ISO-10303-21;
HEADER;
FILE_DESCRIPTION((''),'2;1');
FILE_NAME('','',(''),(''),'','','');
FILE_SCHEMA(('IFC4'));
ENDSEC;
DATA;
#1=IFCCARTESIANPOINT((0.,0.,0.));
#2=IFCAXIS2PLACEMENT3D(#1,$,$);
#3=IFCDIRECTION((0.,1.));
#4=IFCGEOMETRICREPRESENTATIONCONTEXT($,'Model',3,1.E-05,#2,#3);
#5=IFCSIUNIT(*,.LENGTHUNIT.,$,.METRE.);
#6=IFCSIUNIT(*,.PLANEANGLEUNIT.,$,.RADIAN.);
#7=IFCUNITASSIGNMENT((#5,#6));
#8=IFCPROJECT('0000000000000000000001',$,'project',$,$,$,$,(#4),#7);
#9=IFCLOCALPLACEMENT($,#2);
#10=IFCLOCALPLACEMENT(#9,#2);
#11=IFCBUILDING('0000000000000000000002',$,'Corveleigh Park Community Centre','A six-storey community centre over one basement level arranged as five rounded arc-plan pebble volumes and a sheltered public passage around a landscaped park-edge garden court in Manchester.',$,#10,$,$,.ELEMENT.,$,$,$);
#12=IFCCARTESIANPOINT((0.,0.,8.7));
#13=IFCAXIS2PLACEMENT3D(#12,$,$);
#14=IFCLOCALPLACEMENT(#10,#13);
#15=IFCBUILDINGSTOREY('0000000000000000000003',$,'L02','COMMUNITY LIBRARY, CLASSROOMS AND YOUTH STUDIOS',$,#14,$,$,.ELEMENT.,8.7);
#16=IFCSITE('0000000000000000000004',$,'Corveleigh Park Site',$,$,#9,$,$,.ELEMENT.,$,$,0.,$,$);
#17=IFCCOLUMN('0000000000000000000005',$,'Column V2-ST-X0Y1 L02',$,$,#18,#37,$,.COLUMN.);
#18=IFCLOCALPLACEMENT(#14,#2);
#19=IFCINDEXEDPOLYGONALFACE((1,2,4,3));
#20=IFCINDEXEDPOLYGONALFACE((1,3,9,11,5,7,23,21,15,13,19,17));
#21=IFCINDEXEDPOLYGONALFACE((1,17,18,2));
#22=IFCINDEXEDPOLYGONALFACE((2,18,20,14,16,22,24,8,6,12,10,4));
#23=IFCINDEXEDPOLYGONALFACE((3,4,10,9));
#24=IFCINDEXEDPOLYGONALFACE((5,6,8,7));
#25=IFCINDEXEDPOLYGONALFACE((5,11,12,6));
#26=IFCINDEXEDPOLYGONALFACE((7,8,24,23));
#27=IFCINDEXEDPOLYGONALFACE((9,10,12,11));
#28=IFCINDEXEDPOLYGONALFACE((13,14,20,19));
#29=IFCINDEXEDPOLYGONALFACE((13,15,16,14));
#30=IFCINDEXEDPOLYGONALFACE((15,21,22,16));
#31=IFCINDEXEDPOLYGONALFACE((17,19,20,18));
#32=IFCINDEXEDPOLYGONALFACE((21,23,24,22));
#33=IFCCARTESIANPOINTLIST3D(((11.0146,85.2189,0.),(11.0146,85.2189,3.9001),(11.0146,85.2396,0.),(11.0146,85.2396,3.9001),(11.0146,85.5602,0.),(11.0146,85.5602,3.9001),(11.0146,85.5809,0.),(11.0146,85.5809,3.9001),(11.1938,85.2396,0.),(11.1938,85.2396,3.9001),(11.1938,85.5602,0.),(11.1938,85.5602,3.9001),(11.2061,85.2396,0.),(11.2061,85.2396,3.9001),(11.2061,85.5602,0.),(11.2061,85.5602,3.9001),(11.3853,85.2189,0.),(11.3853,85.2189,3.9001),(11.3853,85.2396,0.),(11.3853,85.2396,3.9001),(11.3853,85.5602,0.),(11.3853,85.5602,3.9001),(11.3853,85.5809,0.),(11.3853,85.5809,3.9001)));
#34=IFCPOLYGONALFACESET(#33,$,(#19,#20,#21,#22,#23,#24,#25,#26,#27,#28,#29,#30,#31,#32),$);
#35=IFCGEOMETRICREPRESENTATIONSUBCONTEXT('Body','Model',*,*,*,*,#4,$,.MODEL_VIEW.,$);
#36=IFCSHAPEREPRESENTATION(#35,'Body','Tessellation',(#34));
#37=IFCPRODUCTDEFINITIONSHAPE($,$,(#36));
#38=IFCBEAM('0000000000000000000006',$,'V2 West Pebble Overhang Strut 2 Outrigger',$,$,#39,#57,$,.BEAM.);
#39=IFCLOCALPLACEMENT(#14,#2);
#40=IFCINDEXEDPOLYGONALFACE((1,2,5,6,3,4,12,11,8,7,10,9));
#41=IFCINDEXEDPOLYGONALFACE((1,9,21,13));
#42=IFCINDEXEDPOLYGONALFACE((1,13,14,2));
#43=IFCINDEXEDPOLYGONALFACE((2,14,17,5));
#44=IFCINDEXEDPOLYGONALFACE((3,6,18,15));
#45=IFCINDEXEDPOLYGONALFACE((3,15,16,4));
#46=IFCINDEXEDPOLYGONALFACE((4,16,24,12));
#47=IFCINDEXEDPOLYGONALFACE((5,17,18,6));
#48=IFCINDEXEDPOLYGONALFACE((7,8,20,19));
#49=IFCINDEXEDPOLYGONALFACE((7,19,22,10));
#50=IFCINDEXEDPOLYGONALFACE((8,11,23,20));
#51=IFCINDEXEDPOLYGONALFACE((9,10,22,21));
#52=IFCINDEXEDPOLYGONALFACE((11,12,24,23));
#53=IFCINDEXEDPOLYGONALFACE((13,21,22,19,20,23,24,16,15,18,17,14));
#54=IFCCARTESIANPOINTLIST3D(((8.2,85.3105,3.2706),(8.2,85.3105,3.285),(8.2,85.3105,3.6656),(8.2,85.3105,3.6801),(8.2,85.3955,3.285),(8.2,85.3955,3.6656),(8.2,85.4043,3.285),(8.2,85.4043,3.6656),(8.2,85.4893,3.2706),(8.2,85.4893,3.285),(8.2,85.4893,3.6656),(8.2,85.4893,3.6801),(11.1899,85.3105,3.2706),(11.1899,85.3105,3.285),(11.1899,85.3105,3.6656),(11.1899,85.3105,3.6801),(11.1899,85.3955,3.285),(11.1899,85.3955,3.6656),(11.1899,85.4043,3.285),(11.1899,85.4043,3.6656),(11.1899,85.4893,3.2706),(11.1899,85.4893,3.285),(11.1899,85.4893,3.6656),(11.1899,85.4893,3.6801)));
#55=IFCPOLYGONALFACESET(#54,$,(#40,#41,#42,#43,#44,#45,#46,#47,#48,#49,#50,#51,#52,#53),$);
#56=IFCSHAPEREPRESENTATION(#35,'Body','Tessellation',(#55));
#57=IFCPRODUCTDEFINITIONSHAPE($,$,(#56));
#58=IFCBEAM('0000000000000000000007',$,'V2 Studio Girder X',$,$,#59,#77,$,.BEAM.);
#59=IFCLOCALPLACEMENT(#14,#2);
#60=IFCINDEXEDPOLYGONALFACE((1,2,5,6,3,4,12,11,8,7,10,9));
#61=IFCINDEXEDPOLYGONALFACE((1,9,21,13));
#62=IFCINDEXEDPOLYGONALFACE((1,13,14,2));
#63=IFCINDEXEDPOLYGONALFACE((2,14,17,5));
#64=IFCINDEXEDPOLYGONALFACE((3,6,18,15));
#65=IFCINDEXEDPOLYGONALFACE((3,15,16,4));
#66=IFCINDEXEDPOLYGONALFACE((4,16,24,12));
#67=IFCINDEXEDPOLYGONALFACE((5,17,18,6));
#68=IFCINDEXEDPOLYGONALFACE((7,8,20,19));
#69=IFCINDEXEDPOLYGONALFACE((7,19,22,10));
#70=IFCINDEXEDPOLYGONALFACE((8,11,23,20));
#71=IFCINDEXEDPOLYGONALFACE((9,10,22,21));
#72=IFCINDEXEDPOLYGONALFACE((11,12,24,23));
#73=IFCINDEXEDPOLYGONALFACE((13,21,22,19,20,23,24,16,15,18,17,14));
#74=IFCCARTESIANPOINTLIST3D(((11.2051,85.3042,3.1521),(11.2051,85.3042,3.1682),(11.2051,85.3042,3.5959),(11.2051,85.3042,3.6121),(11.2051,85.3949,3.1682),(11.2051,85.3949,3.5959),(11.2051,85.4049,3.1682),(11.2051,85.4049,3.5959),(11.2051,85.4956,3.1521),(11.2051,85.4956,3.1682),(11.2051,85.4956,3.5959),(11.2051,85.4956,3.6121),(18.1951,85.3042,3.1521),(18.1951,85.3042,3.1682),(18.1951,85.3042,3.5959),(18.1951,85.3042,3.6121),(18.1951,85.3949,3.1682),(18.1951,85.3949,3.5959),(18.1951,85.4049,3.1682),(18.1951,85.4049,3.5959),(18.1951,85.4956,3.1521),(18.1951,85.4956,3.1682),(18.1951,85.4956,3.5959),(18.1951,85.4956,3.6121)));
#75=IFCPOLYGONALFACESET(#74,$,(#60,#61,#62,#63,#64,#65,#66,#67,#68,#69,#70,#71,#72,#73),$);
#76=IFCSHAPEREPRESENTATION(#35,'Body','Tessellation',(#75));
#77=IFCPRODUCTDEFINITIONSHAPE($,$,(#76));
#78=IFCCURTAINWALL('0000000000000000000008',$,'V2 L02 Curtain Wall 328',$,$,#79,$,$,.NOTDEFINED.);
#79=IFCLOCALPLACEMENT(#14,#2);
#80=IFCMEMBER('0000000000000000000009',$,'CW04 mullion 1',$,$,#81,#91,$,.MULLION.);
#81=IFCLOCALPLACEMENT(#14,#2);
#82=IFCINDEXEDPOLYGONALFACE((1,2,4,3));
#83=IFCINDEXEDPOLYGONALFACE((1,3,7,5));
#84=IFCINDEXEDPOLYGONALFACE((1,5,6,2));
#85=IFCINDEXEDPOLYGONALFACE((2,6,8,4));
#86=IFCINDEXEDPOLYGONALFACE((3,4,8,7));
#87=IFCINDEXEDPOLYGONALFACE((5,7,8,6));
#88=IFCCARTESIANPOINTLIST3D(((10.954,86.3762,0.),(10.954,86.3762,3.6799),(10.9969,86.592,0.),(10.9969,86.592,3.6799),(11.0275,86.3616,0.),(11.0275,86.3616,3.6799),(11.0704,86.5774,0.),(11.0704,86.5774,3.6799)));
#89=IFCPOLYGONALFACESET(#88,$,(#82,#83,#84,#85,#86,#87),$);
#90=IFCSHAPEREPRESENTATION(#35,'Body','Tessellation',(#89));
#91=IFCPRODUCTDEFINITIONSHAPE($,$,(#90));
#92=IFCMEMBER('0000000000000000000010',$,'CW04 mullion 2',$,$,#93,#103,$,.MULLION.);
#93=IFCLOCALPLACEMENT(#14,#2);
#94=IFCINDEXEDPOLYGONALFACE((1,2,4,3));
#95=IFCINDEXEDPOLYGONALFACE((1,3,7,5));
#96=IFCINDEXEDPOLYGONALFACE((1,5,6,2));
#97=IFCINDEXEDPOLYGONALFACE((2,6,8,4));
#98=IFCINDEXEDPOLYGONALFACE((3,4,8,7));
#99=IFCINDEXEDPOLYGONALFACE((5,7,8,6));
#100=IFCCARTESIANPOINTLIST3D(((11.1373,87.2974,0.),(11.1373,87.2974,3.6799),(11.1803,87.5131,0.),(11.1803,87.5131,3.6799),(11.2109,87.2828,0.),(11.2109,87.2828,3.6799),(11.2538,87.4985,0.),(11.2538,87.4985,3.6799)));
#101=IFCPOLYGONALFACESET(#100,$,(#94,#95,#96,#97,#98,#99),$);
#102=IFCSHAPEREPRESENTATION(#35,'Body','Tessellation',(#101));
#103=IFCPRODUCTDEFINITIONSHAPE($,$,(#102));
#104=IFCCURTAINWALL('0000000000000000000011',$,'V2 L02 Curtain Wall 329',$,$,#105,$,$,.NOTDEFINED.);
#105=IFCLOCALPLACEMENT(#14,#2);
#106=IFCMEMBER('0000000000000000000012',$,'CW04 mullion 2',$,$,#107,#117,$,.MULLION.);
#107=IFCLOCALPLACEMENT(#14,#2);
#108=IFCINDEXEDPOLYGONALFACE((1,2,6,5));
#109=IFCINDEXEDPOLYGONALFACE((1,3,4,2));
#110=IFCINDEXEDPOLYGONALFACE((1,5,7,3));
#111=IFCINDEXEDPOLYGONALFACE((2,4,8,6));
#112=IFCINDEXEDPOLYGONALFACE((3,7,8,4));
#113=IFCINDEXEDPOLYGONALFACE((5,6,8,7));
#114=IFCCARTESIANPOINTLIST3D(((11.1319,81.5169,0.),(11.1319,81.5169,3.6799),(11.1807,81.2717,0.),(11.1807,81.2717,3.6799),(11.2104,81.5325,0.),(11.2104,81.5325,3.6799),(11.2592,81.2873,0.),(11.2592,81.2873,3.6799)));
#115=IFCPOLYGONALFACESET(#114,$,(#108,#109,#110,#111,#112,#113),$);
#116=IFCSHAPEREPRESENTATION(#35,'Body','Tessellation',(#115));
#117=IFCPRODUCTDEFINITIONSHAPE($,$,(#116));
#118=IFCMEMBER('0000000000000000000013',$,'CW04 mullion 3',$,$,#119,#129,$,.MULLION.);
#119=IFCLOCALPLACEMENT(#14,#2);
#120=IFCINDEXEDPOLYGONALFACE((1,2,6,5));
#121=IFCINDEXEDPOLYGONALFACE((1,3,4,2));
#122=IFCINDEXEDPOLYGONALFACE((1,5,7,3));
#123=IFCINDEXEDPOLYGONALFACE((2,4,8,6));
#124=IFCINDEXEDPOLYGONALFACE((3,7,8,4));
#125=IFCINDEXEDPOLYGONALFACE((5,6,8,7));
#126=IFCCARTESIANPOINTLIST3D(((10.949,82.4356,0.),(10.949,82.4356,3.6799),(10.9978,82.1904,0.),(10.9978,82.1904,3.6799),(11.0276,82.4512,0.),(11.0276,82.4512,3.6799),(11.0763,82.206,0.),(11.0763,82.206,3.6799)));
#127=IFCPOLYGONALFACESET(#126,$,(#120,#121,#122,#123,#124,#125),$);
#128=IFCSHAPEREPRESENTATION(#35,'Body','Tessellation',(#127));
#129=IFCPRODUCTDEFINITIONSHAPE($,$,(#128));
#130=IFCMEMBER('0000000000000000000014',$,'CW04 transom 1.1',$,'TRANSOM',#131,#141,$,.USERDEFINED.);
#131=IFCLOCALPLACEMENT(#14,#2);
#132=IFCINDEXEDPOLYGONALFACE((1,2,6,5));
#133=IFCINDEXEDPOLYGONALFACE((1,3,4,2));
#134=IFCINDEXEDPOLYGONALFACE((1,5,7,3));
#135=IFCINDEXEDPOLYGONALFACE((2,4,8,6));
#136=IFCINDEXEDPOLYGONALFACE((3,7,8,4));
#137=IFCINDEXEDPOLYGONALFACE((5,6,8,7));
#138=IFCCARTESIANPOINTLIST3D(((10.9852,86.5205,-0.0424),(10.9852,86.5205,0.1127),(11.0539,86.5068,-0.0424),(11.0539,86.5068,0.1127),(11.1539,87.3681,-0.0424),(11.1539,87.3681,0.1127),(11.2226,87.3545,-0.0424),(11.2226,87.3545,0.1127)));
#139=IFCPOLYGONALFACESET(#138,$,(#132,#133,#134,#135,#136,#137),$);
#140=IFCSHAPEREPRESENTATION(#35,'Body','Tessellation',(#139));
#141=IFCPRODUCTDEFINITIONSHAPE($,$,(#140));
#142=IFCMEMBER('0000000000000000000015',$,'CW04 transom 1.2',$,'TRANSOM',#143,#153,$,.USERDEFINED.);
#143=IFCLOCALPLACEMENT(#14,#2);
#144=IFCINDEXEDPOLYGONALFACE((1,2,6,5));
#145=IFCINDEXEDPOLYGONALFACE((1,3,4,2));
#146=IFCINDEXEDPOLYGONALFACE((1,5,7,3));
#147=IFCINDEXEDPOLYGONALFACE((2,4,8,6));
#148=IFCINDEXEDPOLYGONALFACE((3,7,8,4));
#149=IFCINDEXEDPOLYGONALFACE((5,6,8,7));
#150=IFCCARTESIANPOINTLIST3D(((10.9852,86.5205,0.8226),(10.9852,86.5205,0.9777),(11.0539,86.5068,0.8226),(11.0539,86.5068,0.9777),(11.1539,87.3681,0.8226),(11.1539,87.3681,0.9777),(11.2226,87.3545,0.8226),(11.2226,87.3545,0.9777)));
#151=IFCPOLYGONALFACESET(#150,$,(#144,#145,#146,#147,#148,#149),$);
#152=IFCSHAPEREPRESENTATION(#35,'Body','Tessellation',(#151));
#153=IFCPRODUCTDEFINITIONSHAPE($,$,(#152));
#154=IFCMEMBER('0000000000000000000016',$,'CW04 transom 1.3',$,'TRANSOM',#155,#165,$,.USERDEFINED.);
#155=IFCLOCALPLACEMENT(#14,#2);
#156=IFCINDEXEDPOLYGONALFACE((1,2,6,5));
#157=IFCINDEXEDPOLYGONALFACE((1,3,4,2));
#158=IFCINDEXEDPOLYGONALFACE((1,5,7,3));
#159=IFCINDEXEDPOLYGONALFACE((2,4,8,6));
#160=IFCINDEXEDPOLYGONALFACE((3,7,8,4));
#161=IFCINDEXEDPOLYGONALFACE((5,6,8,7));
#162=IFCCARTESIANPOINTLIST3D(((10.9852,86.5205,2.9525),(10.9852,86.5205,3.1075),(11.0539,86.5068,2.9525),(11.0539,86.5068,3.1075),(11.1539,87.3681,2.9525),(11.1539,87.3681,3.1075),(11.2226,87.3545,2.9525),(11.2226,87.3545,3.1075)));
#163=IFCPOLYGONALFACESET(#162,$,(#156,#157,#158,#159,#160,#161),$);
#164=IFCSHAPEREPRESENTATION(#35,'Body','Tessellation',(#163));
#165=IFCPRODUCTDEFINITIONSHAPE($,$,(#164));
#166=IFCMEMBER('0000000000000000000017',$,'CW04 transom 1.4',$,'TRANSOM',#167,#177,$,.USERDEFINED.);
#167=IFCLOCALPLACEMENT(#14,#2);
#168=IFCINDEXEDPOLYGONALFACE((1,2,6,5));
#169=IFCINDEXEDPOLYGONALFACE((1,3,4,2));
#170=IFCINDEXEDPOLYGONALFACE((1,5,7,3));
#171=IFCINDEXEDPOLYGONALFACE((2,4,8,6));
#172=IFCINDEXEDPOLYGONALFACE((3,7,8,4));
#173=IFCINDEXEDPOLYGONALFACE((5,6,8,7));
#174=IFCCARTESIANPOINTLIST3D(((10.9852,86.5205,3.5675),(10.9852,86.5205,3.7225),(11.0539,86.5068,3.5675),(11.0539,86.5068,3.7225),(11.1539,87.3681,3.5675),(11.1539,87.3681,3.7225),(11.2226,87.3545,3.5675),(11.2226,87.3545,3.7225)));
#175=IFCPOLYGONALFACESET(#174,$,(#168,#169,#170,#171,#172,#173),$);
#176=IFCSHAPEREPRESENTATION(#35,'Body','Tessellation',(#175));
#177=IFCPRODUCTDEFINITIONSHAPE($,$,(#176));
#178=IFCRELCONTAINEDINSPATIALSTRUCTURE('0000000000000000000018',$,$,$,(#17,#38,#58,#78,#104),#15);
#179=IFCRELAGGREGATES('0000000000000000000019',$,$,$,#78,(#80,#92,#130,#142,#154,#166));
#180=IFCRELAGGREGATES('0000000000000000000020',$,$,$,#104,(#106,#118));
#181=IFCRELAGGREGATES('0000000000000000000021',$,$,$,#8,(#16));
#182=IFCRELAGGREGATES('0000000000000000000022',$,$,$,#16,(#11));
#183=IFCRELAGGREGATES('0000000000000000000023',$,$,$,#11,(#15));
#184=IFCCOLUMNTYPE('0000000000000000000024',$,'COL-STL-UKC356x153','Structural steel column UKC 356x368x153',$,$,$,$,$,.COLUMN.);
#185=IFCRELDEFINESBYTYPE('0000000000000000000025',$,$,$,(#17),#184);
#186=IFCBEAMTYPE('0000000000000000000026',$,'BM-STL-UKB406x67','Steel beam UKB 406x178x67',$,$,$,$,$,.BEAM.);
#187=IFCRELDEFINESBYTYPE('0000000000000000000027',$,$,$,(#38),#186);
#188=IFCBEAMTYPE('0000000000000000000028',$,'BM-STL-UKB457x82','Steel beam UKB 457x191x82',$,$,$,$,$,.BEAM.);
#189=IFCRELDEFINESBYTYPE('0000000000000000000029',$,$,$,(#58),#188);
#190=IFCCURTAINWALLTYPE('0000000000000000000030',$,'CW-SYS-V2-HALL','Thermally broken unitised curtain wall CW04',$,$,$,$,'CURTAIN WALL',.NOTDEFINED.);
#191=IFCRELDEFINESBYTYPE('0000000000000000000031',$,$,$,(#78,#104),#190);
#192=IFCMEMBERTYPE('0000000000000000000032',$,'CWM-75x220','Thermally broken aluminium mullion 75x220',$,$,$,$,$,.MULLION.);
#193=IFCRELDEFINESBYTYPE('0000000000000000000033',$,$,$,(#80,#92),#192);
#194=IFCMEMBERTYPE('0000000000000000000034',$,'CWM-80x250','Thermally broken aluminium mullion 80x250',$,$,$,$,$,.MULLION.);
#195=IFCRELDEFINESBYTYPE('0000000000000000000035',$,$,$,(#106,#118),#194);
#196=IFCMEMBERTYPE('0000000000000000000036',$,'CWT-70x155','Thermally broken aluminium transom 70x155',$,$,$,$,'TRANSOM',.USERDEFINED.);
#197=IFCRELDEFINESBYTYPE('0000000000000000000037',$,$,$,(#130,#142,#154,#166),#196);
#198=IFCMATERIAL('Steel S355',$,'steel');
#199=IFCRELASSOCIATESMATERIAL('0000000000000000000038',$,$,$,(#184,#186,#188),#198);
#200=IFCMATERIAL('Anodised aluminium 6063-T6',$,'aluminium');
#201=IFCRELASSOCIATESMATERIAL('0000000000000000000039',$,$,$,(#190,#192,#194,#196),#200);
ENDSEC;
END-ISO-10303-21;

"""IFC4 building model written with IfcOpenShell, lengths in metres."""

from ifc_helpers import new_model, si_unit, direction, frame, origin, origin_2d, place, context, subcontext, project, spatial, rectangle, i_section, extrude, material, material_profile, profile_set, type_object, element, aggregate, save


model = new_model("IFC4")

# Units and contexts
model_context = context("Model", 3, precision=1e-05, world=origin(), true_north=direction((0.0, 1.0)))
body_context = subcontext(model_context, "Body", "Model", "MODEL_VIEW")
ifc_project = project(units=[si_unit("LENGTHUNIT", "METRE"), si_unit("PLANEANGLEUNIT", "RADIAN")], contexts=[model_context])

# Site, building, storey
site_placement = place(None, origin())
site = spatial("IfcSite", under=ifc_project, at=site_placement, Name="Corveleigh Park Site", CompositionType="ELEMENT", RefElevation=0.0)
building_placement = place(site_placement, origin())
building = spatial("IfcBuilding", under=site, at=building_placement, Name="Corveleigh Park Community Centre", Description="A six-storey community centre over one basement level arranged as five rounded arc-plan pebble volumes and a sheltered public passage around a landscaped park-edge garden court in Manchester.", CompositionType="ELEMENT")
storey_placement = place(building_placement, frame((0.0, 0.0, 8.7)))
storey = spatial("IfcBuildingStorey", under=building, at=storey_placement, Name="L02", Description="COMMUNITY LIBRARY, CLASSROOMS AND YOUTH STUDIOS", CompositionType="ELEMENT", Elevation=8.7)

# Column
ifc_material_1 = material(Name="Steel S355", Category="steel")
ifc_material_profile_1 = material_profile(ifc_material_1, i_section(OverallWidth=0.3706, OverallDepth=0.3621, WebThickness=0.0122, FlangeThickness=0.0208, at=origin_2d()), Name="UKC 356x368x153", Category="steel")
ifc_profile_set_1 = profile_set([ifc_material_profile_1], Name="Steel S355")
column_type = type_object("IfcColumnType", Name="COL-STL-UKC356x153", Description="Structural steel column UKC 356x368x153", PredefinedType="COLUMN", material=ifc_profile_set_1)
column_placement = place(storey_placement, frame((11.2, 85.3999, 0.0), z_axis=(0.0, 0.0, 1.0), x_axis=(1.0, 0.0, 0.0)))
element("IfcColumn", 1, at=column_placement, inside=storey, type_object=column_type, Name="Column V2-ST-X0Y1 L02", PredefinedType="COLUMN", context=body_context, shape_type="SweptSolid", body=[
    extrude(i_section(OverallWidth=0.3706, OverallDepth=0.3621, WebThickness=0.0122, FlangeThickness=0.0208, at=origin_2d()), origin(), (0.0, 0.0, 1.0), 3.9001),
])

# Beams
ifc_material_profile_2 = material_profile(ifc_material_1, i_section(OverallWidth=0.1787, OverallDepth=0.4094, WebThickness=0.0088, FlangeThickness=0.0144, at=origin_2d()), Name="UKB 406x178x67", Category="steel")
ifc_profile_set_2 = profile_set([ifc_material_profile_2], Name="Steel S355")
beam_type_1 = type_object("IfcBeamType", Name="BM-STL-UKB406x67", Description="Steel beam UKB 406x178x67", PredefinedType="BEAM", material=ifc_profile_set_2)
beam_1_placement = place(storey_placement, frame((11.1899, 85.3999, 3.4753), z_axis=(-1.0, 0.0, 0.0), x_axis=(0.0, -1.0, 0.0)))
element("IfcBeam", 2, at=beam_1_placement, inside=storey, type_object=beam_type_1, Name="V2 West Pebble Overhang Strut 2 Outrigger", PredefinedType="BEAM", context=body_context, shape_type="SweptSolid", body=[
    extrude(i_section(OverallWidth=0.1787, OverallDepth=0.4094, WebThickness=0.0088, FlangeThickness=0.0144, at=origin_2d()), origin(), (0.0, 0.0, 1.0), 2.99),
])
ifc_material_profile_3 = material_profile(ifc_material_1, i_section(OverallWidth=0.1914, OverallDepth=0.46, WebThickness=0.01, FlangeThickness=0.0161, at=origin_2d()), Name="UKB 457x191x82", Category="steel")
ifc_profile_set_3 = profile_set([ifc_material_profile_3], Name="Steel S355")
beam_type_2 = type_object("IfcBeamType", Name="BM-STL-UKB457x82", Description="Steel beam UKB 457x191x82", PredefinedType="BEAM", material=ifc_profile_set_3)
beam_2_placement = place(storey_placement, frame((11.2051, 85.3999, 3.3821), z_axis=(1.0, 0.0, 0.0), x_axis=(0.0, 1.0, 0.0)))
element("IfcBeam", 3, at=beam_2_placement, inside=storey, type_object=beam_type_2, Name="V2 Studio Girder X", PredefinedType="BEAM", context=body_context, shape_type="SweptSolid", body=[
    extrude(i_section(OverallWidth=0.1914, OverallDepth=0.46, WebThickness=0.01, FlangeThickness=0.0161, at=origin_2d()), origin(), (0.0, 0.0, 1.0), 6.99),
])

# Curtain walls, members
ifc_material_2 = material(Name="Anodised aluminium 6063-T6", Category="aluminium")
curtain_wall_type = type_object("IfcCurtainWallType", Name="CW-SYS-V2-HALL", Description="Thermally broken unitised curtain wall CW04", ElementType="CURTAIN WALL", PredefinedType="NOTDEFINED", material=ifc_material_2)
curtain_wall_1_placement = place(storey_placement, origin())
curtain_wall_1 = element("IfcCurtainWall", 4, at=curtain_wall_1_placement, inside=storey, type_object=curtain_wall_type, Name="V2 L02 Curtain Wall 328", PredefinedType="NOTDEFINED")
ifc_material_profile_4 = material_profile(ifc_material_2, rectangle(XDim=0.075, YDim=0.22, at=origin_2d()), Name="ALU-M75x220", Category="aluminium")
ifc_profile_set_4 = profile_set([ifc_material_profile_4], Name="Anodised aluminium 6063-T6")
member_type_1 = type_object("IfcMemberType", Name="CWM-75x220", Description="Thermally broken aluminium mullion 75x220", PredefinedType="MULLION", material=ifc_profile_set_4)
member_1_placement = place(storey_placement, frame((11.0122, 86.4768, 0.0), z_axis=(0.0, 0.0, 1.0), x_axis=(-0.980797, 0.195033, 0.0)))
member_1 = element("IfcMember", 5, at=member_1_placement, type_object=member_type_1, Name="CW04 mullion 1", PredefinedType="MULLION", context=body_context, shape_type="SweptSolid", body=[
    extrude(rectangle(XDim=0.075, YDim=0.22, at=origin_2d()), origin(), (0.0, 0.0, 1.0), 3.6799),
])
member_2_placement = place(storey_placement, frame((11.1956, 87.3979, 0.0), z_axis=(0.0, 0.0, 1.0), x_axis=(-0.980797, 0.195033, 0.0)))
member_2 = element("IfcMember", 6, at=member_2_placement, type_object=member_type_1, Name="CW04 mullion 2", PredefinedType="MULLION", context=body_context, shape_type="SweptSolid", body=[
    extrude(rectangle(XDim=0.075, YDim=0.22, at=origin_2d()), origin(), (0.0, 0.0, 1.0), 3.6799),
])
curtain_wall_2_placement = place(storey_placement, origin())
curtain_wall_2 = element("IfcCurtainWall", 7, at=curtain_wall_2_placement, inside=storey, type_object=curtain_wall_type, Name="V2 L02 Curtain Wall 329", PredefinedType="NOTDEFINED")
ifc_material_profile_5 = material_profile(ifc_material_2, rectangle(XDim=0.0801, YDim=0.25, at=origin_2d()), Name="ALU-M80x250", Category="aluminium")
ifc_profile_set_5 = profile_set([ifc_material_profile_5], Name="Anodised aluminium 6063-T6")
member_type_2 = type_object("IfcMemberType", Name="CWM-80x250", Description="Thermally broken aluminium mullion 80x250", PredefinedType="MULLION", material=ifc_profile_set_5)
member_3_placement = place(storey_placement, frame((11.1956, 81.4021, 0.0), z_axis=(0.0, 0.0, 1.0), x_axis=(-0.980797, -0.195033, 0.0)))
member_3 = element("IfcMember", 8, at=member_3_placement, type_object=member_type_2, Name="CW04 mullion 2", PredefinedType="MULLION", context=body_context, shape_type="SweptSolid", body=[
    extrude(rectangle(XDim=0.0801, YDim=0.25, at=origin_2d()), origin(), (0.0, 0.0, 1.0), 3.6799),
])
member_4_placement = place(storey_placement, frame((11.0127, 82.3208, 0.0), z_axis=(0.0, 0.0, 1.0), x_axis=(-0.980797, -0.195033, 0.0)))
member_4 = element("IfcMember", 9, at=member_4_placement, type_object=member_type_2, Name="CW04 mullion 3", PredefinedType="MULLION", context=body_context, shape_type="SweptSolid", body=[
    extrude(rectangle(XDim=0.0801, YDim=0.25, at=origin_2d()), origin(), (0.0, 0.0, 1.0), 3.6799),
])

# Members
ifc_material_profile_6 = material_profile(ifc_material_2, rectangle(XDim=0.0701, YDim=0.155, at=origin_2d()), Name="ALU-T70x155", Category="aluminium")
ifc_profile_set_6 = profile_set([ifc_material_profile_6], Name="Anodised aluminium 6063-T6")
member_type_3 = type_object("IfcMemberType", Name="CWT-70x155", Description="Thermally broken aluminium transom 70x155", ElementType="TRANSOM", PredefinedType="USERDEFINED", material=ifc_profile_set_6)
member_5_placement = place(storey_placement, frame((11.0195, 86.5137, 0.0352), z_axis=(0.195193, 0.980765, 0.0), x_axis=(-0.980765, 0.195193, 0.0)))
member_5 = element("IfcMember", 10, at=member_5_placement, type_object=member_type_3, Name="CW04 transom 1.1", ObjectType="TRANSOM", PredefinedType="USERDEFINED", context=body_context, shape_type="SweptSolid", body=[
    extrude(rectangle(XDim=0.0701, YDim=0.155, at=origin_2d()), origin(), (0.0, 0.0, 1.0), 0.8643),
])
member_6_placement = place(storey_placement, frame((11.0195, 86.5137, 0.9001), z_axis=(0.195193, 0.980765, 0.0), x_axis=(-0.980765, 0.195193, 0.0)))
member_6 = element("IfcMember", 11, at=member_6_placement, type_object=member_type_3, Name="CW04 transom 1.2", ObjectType="TRANSOM", PredefinedType="USERDEFINED", context=body_context, shape_type="SweptSolid", body=[
    extrude(rectangle(XDim=0.0701, YDim=0.155, at=origin_2d()), origin(), (0.0, 0.0, 1.0), 0.8643),
])
member_7_placement = place(storey_placement, frame((11.0195, 86.5137, 3.03), z_axis=(0.195193, 0.980765, 0.0), x_axis=(-0.980765, 0.195193, 0.0)))
member_7 = element("IfcMember", 12, at=member_7_placement, type_object=member_type_3, Name="CW04 transom 1.3", ObjectType="TRANSOM", PredefinedType="USERDEFINED", context=body_context, shape_type="SweptSolid", body=[
    extrude(rectangle(XDim=0.0701, YDim=0.155, at=origin_2d()), origin(), (0.0, 0.0, 1.0), 0.8643),
])
member_8_placement = place(storey_placement, frame((11.0195, 86.5137, 3.645), z_axis=(0.195193, 0.980765, 0.0), x_axis=(-0.980765, 0.195193, 0.0)))
member_8 = element("IfcMember", 13, at=member_8_placement, type_object=member_type_3, Name="CW04 transom 1.4", ObjectType="TRANSOM", PredefinedType="USERDEFINED", context=body_context, shape_type="SweptSolid", body=[
    extrude(rectangle(XDim=0.0701, YDim=0.155, at=origin_2d()), origin(), (0.0, 0.0, 1.0), 0.8643),
])

aggregate(curtain_wall_1, [member_1, member_2, member_5, member_6, member_7, member_8])
aggregate(curtain_wall_2, [member_3, member_4])

save(model, "model.ifc")
